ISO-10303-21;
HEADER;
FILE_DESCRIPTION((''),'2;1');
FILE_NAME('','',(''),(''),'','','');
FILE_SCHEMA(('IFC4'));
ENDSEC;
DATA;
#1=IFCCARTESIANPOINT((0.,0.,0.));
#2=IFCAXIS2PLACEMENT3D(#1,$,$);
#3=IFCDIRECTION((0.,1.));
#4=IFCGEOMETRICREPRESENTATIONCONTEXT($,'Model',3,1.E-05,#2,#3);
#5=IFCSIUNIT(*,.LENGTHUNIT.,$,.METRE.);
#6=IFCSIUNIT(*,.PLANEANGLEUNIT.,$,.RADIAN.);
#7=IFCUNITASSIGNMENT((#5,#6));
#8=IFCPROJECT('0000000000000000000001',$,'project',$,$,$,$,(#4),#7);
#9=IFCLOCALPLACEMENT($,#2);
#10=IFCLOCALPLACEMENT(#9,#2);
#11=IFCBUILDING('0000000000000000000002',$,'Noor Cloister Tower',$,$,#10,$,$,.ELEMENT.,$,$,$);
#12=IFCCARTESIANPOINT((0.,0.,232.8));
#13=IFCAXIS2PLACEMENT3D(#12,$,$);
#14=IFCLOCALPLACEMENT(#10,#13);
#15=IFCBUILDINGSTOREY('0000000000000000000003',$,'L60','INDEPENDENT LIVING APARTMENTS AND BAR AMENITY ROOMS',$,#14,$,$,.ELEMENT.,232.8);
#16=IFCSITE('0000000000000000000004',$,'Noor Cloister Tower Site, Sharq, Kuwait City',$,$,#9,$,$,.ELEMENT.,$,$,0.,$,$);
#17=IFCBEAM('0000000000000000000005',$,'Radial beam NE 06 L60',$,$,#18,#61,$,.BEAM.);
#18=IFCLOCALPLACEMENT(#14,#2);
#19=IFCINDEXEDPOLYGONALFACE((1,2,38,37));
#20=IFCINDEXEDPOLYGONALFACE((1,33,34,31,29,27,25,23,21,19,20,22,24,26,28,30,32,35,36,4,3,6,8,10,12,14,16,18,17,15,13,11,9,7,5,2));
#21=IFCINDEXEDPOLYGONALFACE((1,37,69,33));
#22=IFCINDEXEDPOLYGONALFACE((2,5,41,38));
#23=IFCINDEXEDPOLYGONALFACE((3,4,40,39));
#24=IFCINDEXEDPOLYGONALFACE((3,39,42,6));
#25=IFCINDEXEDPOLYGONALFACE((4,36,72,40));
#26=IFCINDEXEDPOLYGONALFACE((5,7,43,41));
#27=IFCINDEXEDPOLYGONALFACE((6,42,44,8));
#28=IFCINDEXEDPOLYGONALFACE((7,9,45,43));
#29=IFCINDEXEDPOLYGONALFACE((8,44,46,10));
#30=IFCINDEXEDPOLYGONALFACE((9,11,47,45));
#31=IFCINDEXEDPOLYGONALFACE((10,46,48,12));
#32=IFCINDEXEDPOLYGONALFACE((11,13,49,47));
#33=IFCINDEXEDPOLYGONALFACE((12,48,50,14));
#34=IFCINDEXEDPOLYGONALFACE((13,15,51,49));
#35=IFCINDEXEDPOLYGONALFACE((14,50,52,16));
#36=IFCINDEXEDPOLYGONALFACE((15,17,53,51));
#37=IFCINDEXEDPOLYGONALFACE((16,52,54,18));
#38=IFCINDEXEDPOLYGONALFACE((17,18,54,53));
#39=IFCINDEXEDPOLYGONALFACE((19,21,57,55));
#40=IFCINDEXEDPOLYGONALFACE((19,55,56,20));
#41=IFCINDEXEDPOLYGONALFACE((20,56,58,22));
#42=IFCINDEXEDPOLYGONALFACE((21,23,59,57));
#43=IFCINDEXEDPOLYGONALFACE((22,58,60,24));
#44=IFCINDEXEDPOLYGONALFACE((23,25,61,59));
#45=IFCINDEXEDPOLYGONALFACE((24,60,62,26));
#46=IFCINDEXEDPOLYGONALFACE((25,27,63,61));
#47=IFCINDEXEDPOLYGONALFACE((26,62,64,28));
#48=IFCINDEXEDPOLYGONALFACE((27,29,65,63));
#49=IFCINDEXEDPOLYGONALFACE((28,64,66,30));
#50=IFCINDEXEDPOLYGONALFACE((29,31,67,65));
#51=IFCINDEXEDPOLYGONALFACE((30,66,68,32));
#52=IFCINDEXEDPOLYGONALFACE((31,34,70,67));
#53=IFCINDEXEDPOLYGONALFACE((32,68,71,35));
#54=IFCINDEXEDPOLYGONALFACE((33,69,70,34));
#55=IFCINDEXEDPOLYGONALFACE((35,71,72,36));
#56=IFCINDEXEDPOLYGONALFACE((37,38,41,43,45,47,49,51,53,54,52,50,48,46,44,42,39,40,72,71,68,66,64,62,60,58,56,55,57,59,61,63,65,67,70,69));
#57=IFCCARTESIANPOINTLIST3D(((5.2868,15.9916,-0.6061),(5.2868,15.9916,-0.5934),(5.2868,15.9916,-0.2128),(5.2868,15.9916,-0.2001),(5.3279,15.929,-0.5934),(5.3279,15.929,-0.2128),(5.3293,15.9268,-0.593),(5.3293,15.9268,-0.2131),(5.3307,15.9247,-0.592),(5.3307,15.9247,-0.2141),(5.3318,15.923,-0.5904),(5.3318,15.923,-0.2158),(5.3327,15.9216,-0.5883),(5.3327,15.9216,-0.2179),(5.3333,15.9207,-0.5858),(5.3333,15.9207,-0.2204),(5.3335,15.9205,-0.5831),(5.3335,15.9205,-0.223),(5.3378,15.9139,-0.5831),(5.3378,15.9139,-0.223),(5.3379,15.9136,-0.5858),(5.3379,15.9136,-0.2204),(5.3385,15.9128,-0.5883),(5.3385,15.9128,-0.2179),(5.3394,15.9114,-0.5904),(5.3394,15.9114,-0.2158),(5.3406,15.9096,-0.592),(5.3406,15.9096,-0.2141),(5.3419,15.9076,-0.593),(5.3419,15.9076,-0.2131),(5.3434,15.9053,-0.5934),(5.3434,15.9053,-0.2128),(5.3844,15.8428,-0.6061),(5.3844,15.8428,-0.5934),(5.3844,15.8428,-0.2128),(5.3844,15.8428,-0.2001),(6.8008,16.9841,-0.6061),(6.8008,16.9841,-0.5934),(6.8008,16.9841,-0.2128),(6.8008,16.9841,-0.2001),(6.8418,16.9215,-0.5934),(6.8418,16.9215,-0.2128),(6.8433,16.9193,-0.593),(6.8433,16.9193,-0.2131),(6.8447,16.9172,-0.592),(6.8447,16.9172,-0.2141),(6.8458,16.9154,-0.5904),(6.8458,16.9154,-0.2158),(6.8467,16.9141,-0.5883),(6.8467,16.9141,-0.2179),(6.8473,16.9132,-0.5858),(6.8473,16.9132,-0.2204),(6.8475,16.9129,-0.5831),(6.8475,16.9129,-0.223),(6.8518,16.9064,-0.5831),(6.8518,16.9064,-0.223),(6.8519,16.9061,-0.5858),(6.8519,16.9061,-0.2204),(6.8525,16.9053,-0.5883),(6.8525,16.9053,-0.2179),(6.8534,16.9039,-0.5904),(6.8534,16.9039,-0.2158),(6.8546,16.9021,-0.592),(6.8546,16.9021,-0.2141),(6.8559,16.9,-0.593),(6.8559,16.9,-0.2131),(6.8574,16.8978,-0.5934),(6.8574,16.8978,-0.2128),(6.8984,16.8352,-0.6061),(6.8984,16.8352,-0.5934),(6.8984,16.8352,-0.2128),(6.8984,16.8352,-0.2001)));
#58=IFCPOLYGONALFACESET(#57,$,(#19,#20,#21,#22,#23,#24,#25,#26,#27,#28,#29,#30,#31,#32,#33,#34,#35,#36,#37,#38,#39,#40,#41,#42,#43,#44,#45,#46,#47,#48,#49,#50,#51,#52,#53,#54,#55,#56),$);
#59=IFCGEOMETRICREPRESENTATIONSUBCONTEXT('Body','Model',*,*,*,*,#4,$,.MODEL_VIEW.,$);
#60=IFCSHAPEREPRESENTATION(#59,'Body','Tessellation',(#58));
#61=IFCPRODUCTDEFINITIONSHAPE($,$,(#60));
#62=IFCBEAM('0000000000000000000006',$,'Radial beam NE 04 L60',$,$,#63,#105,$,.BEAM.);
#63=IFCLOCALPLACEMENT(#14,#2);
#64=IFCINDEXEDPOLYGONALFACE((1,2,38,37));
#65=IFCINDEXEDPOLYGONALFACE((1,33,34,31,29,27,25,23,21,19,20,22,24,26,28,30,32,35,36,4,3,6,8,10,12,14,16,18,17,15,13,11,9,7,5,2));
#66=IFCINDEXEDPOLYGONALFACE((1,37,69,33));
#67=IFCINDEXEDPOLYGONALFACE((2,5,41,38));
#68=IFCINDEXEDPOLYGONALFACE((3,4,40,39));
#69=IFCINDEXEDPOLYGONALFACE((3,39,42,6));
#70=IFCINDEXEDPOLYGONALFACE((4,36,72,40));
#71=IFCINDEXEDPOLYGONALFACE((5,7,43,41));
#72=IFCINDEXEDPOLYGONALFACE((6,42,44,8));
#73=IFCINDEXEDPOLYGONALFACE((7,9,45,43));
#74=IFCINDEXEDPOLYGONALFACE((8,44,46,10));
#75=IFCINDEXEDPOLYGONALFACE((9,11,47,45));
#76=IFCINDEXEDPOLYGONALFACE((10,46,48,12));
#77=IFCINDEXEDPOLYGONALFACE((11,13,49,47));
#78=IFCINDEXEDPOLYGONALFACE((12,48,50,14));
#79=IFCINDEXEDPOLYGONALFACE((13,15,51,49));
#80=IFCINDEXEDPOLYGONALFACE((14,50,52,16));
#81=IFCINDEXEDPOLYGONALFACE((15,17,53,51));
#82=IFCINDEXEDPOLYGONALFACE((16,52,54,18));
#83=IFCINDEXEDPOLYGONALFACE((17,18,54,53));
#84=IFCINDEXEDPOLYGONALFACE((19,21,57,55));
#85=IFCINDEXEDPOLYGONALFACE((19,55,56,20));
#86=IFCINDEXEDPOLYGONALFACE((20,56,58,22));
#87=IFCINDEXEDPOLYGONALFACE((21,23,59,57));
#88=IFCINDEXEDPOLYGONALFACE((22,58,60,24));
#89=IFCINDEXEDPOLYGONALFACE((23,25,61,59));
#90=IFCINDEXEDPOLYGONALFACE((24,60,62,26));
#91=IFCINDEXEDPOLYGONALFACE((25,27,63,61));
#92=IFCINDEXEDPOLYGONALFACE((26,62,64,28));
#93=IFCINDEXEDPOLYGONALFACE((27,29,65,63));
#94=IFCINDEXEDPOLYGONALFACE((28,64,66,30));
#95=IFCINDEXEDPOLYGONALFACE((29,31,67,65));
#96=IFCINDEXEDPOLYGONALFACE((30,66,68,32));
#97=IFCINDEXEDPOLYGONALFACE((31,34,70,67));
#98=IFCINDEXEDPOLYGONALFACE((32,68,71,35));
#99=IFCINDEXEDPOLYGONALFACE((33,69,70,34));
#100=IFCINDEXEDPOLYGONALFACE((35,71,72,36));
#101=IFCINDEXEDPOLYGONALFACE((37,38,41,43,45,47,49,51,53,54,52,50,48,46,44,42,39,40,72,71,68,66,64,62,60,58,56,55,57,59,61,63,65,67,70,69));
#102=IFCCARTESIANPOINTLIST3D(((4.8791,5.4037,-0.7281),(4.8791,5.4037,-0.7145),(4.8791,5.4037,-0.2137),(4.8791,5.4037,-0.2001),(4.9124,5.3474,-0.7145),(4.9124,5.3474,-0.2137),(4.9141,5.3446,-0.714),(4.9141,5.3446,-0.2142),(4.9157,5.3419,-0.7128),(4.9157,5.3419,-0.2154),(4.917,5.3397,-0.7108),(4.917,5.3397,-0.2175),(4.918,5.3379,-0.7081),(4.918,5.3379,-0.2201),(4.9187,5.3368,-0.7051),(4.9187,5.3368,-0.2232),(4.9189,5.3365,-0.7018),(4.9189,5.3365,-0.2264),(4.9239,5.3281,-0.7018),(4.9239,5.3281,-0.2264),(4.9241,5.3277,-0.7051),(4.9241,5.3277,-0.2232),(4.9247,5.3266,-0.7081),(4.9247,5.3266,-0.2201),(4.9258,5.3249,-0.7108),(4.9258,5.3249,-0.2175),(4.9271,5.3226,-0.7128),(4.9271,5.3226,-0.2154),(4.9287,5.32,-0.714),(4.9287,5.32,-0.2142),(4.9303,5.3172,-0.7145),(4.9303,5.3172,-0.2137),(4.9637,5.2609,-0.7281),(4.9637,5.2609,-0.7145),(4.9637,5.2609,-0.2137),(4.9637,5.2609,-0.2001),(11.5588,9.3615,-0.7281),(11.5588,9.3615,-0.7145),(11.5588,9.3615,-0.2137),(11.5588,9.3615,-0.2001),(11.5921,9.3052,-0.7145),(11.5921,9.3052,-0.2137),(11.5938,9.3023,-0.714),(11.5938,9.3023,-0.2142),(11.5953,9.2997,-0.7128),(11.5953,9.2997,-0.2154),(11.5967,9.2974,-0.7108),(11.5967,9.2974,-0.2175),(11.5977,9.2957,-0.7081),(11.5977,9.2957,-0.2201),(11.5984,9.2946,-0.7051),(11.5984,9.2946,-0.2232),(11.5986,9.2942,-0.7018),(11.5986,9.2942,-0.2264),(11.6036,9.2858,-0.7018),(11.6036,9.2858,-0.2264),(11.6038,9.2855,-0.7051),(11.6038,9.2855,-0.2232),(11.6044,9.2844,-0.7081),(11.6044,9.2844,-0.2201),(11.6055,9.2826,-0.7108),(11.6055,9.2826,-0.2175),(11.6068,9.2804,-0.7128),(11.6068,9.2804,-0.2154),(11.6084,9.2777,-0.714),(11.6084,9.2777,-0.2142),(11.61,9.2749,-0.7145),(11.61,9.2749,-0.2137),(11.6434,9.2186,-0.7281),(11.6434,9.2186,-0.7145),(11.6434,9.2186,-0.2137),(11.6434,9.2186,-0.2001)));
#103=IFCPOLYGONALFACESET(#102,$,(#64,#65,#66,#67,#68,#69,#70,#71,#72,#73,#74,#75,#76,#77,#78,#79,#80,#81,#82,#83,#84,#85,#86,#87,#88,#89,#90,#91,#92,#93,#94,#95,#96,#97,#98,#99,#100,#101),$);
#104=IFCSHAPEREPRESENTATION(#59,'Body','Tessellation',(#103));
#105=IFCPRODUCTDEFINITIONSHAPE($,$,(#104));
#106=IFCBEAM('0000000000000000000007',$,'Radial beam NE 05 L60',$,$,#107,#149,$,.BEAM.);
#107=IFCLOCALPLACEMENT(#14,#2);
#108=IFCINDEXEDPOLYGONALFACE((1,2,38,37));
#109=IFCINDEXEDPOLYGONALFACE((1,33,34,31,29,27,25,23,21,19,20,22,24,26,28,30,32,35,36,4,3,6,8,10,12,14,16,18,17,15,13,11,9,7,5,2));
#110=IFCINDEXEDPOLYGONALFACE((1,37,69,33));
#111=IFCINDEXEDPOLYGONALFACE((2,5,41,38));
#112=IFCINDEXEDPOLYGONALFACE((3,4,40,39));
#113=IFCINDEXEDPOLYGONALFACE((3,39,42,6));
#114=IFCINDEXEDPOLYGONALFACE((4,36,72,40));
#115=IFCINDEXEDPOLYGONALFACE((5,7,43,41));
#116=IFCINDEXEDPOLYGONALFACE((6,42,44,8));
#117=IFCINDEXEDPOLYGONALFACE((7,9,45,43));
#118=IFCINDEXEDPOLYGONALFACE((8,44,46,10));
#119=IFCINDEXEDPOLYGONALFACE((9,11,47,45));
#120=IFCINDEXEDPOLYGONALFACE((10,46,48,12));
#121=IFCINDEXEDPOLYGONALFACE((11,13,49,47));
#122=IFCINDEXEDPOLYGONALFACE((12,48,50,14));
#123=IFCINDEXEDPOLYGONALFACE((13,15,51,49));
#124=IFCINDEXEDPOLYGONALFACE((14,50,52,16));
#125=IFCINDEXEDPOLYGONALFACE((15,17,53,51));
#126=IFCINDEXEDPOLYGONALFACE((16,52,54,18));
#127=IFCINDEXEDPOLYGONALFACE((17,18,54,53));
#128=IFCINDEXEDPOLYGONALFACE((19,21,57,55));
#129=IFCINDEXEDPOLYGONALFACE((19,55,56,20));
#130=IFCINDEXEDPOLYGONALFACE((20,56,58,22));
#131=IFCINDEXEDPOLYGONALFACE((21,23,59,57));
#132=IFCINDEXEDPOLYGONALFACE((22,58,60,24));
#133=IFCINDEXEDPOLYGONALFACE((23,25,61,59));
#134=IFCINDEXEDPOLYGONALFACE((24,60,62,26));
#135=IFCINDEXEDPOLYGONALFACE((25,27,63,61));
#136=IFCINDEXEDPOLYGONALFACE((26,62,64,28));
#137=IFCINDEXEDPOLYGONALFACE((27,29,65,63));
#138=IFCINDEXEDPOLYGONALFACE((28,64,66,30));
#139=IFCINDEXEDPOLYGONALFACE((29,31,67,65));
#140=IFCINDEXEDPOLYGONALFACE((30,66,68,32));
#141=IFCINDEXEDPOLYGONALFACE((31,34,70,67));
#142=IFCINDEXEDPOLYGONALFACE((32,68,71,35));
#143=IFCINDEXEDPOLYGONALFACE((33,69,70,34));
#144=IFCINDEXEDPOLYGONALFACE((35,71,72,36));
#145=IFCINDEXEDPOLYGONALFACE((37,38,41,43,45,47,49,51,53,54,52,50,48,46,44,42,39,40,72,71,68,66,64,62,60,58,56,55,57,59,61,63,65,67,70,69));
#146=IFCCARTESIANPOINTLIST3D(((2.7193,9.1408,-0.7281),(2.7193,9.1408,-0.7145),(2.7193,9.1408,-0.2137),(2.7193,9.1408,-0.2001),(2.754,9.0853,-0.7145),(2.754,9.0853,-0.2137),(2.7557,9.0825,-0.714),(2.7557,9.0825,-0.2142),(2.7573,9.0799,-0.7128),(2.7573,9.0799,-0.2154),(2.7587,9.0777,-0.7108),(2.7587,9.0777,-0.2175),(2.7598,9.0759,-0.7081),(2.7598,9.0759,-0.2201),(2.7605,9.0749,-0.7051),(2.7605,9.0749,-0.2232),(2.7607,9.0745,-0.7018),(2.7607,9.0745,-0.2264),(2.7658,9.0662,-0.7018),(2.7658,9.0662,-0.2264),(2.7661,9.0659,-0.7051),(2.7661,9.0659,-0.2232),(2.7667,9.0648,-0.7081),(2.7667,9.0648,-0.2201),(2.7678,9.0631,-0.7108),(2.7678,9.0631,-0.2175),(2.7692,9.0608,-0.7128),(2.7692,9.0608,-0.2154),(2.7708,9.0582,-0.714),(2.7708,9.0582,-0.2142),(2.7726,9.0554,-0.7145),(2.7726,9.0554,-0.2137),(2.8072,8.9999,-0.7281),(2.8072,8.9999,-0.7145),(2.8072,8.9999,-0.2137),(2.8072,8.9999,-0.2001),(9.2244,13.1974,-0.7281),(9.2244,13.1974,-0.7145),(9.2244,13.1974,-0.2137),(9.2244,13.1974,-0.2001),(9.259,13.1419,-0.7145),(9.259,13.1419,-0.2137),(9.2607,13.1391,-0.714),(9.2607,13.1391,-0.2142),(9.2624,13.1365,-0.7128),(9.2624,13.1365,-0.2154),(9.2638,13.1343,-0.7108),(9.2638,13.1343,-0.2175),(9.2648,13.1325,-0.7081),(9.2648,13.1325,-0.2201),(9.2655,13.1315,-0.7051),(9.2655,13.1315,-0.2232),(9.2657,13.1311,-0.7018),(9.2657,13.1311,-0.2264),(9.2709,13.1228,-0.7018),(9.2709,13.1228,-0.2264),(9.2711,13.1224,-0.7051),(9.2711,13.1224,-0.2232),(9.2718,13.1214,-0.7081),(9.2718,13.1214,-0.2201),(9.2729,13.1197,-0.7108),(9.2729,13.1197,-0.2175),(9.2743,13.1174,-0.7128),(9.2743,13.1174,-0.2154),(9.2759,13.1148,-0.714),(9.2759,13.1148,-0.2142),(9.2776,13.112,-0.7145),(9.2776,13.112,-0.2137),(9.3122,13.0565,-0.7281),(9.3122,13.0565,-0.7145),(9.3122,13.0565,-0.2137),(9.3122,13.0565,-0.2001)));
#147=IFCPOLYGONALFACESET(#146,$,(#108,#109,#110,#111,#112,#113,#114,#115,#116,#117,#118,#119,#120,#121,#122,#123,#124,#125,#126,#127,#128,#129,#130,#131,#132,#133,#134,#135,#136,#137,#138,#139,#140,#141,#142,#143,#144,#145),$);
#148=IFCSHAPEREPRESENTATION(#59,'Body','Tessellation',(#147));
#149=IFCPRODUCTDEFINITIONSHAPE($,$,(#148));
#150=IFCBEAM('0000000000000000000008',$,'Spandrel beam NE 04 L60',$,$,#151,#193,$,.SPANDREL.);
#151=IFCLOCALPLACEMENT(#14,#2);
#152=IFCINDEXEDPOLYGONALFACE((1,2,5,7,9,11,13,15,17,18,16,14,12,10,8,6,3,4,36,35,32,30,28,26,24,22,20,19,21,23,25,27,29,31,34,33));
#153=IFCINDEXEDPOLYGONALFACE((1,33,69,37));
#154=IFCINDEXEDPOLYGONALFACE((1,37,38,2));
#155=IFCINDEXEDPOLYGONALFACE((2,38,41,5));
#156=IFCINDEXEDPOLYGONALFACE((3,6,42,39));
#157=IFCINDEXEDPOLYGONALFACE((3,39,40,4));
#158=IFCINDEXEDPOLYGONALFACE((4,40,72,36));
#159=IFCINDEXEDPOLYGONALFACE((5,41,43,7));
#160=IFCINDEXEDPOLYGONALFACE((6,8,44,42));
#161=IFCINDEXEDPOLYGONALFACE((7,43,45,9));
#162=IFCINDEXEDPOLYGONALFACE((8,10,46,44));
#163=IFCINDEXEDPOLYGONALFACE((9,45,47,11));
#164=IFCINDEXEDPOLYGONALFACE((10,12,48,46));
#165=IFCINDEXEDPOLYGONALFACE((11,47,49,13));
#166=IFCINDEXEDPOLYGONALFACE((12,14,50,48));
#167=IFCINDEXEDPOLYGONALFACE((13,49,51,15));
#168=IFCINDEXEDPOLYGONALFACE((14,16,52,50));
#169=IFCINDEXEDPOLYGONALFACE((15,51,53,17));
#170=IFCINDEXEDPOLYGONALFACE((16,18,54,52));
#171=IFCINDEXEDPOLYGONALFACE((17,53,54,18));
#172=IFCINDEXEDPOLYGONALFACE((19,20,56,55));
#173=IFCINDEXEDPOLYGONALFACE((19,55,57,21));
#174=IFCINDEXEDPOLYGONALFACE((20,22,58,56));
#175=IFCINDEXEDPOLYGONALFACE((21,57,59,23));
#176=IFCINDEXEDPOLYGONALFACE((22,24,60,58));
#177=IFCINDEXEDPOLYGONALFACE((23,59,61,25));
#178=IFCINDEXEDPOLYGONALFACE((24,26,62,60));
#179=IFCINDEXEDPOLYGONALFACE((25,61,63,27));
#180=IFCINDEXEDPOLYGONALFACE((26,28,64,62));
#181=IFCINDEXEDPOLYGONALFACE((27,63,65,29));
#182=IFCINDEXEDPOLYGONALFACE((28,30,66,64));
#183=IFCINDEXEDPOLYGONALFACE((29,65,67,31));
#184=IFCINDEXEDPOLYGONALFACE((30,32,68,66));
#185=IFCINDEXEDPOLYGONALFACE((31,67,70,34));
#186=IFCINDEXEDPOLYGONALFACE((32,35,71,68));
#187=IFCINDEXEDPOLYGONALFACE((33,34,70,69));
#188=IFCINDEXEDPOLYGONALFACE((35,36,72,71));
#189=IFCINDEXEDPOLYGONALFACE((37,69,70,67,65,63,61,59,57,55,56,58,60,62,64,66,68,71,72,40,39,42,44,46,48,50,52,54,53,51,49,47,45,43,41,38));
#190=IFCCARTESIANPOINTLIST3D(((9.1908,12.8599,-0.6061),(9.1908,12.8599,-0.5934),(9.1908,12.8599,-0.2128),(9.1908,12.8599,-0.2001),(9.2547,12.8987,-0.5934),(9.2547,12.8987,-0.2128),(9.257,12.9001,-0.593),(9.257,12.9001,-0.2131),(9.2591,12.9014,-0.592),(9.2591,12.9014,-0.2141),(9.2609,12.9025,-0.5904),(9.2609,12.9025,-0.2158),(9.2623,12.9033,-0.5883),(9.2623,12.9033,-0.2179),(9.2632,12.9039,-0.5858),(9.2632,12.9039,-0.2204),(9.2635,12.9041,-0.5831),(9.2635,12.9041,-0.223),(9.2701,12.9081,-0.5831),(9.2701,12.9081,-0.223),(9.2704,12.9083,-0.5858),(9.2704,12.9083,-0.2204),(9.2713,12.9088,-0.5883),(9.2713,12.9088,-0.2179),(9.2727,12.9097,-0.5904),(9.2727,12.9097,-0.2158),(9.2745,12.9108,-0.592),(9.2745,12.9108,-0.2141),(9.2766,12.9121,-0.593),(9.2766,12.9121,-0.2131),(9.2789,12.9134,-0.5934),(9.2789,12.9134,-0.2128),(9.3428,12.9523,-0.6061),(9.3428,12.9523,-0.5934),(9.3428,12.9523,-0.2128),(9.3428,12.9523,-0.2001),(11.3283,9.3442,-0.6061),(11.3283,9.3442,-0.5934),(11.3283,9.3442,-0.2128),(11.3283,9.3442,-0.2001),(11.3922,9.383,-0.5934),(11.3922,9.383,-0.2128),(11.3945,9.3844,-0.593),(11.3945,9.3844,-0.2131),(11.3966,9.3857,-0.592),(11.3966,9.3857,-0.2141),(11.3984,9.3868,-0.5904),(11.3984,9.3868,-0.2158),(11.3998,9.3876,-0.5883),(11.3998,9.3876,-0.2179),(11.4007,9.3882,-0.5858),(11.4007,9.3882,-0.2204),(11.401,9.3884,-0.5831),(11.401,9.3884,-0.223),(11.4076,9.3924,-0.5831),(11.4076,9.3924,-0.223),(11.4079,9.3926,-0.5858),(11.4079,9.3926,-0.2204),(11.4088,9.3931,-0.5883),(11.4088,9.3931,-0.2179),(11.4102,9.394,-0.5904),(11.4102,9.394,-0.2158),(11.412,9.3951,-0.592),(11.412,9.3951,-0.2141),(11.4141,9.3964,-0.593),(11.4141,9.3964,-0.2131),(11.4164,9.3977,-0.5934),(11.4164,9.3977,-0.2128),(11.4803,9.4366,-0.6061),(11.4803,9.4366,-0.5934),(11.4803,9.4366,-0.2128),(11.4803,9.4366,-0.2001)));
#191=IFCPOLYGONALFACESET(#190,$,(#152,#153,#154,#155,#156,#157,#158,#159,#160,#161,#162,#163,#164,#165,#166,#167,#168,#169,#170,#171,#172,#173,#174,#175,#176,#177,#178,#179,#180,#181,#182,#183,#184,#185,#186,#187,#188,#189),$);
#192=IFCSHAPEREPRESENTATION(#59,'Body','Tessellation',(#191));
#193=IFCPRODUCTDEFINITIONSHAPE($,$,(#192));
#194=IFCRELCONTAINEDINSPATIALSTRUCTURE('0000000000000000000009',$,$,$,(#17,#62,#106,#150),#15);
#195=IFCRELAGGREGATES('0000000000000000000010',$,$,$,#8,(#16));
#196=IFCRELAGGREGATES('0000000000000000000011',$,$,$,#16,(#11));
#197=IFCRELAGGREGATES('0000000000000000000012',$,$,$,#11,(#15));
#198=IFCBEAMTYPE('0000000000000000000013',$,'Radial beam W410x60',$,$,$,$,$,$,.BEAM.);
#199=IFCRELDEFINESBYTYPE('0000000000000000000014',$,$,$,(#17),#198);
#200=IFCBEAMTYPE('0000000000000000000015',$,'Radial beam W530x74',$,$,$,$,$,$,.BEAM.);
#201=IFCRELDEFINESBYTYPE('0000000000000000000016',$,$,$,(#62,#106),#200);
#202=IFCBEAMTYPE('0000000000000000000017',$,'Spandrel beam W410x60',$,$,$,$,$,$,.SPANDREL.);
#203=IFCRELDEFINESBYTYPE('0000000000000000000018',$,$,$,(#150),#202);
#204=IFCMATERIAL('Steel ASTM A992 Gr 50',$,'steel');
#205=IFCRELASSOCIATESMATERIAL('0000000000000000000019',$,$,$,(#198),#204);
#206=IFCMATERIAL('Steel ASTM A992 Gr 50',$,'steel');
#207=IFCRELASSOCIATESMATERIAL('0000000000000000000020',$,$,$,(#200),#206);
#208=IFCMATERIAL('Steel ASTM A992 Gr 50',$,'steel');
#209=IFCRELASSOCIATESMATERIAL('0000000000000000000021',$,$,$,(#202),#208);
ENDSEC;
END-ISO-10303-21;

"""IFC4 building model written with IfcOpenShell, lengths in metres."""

from ifc_helpers import new_model, si_unit, direction, frame, origin, origin_2d, place, context, subcontext, project, spatial, i_section, extrude, material, material_profile, profile_set, type_object, element, save


model = new_model("IFC4")

# Units and contexts
model_context = context("Model", 3, precision=1e-05, world=origin(), true_north=direction((0.0, 1.0)))
body_context = subcontext(model_context, "Body", "Model", "MODEL_VIEW")
ifc_project = project(units=[si_unit("LENGTHUNIT", "METRE"), si_unit("PLANEANGLEUNIT", "RADIAN")], contexts=[model_context])

# Site, building, storey
site_placement = place(None, origin())
site = spatial("IfcSite", under=ifc_project, at=site_placement, Name="Noor Cloister Tower Site, Sharq, Kuwait City", CompositionType="ELEMENT", RefElevation=0.0)
building_placement = place(site_placement, origin())
building = spatial("IfcBuilding", under=site, at=building_placement, Name="Noor Cloister Tower", CompositionType="ELEMENT")
storey_placement = place(building_placement, frame((0.0, 0.0, 232.8)))
storey = spatial("IfcBuildingStorey", under=building, at=storey_placement, Name="L60", Description="INDEPENDENT LIVING APARTMENTS AND BAR AMENITY ROOMS", CompositionType="ELEMENT", Elevation=232.8)

# Beams
ifc_material_1 = material(Name="Steel ASTM A992 Gr 50", Category="steel")
ifc_material_profile_1 = material_profile(ifc_material_1, i_section(OverallWidth=0.178, OverallDepth=0.406, WebThickness=0.0078, FlangeThickness=0.0127, FilletRadius=0.0103, at=origin_2d()), Name="W410x60")
ifc_profile_set_1 = profile_set([ifc_material_profile_1], Name="Steel ASTM A992 Gr 50")
beam_type_1 = type_object("IfcBeamType", Name="Radial beam W410x60", PredefinedType="BEAM", material=ifc_profile_set_1)
beam_1_placement = place(storey_placement, frame((6.8496, 16.9097, -0.4031), z_axis=(-0.83632, -0.548241, 0.0), x_axis=(0.548241, -0.83632, 0.0)))
element("IfcBeam", 1, at=beam_1_placement, inside=storey, type_object=beam_type_1, Name="Radial beam NE 06 L60", PredefinedType="BEAM", context=body_context, shape_type="SweptSolid", body=[
    extrude(i_section(OverallWidth=0.178, OverallDepth=0.406, WebThickness=0.0078, FlangeThickness=0.0127, FilletRadius=0.0103, at=origin_2d()), origin(), (0.0, 0.0, 1.0), 1.8103),
])
ifc_material_2 = material(Name="Steel ASTM A992 Gr 50", Category="steel")
ifc_material_profile_2 = material_profile(ifc_material_2, i_section(OverallWidth=0.166, OverallDepth=0.5281, WebThickness=0.0098, FlangeThickness=0.0137, FilletRadius=0.0127, at=origin_2d()), Name="W530x74")
ifc_profile_set_2 = profile_set([ifc_material_profile_2], Name="Steel ASTM A992 Gr 50")
beam_type_2 = type_object("IfcBeamType", Name="Radial beam W530x74", PredefinedType="BEAM", material=ifc_profile_set_2)
beam_2_placement = place(storey_placement, frame((11.6011, 9.29, -0.4641), z_axis=(-0.860324, -0.509748, 0.0), x_axis=(0.509748, -0.860324, 0.0)))
element("IfcBeam", 2, at=beam_2_placement, inside=storey, type_object=beam_type_2, Name="Radial beam NE 04 L60", PredefinedType="BEAM", context=body_context, shape_type="SweptSolid", body=[
    extrude(i_section(OverallWidth=0.166, OverallDepth=0.5281, WebThickness=0.0098, FlangeThickness=0.0137, FilletRadius=0.0127, at=origin_2d()), origin(), (0.0, 0.0, 1.0), 7.7642),
])
beam_3_placement = place(storey_placement, frame((9.2683, 13.127, -0.4641), z_axis=(-0.848529, -0.529149, 0.0), x_axis=(0.529149, -0.848529, 0.0)))
element("IfcBeam", 3, at=beam_3_placement, inside=storey, type_object=beam_type_2, Name="Radial beam NE 05 L60", PredefinedType="BEAM", context=body_context, shape_type="SweptSolid", body=[
    extrude(i_section(OverallWidth=0.166, OverallDepth=0.5281, WebThickness=0.0098, FlangeThickness=0.0137, FilletRadius=0.0127, at=origin_2d()), origin(), (0.0, 0.0, 1.0), 7.6663),
])
ifc_material_3 = material(Name="Steel ASTM A992 Gr 50", Category="steel")
ifc_material_profile_3 = material_profile(ifc_material_3, i_section(OverallWidth=0.178, OverallDepth=0.406, WebThickness=0.0078, FlangeThickness=0.0127, FilletRadius=0.0103, at=origin_2d()), Name="W410x60")
ifc_profile_set_3 = profile_set([ifc_material_profile_3], Name="Steel ASTM A992 Gr 50")
beam_type_3 = type_object("IfcBeamType", Name="Spandrel beam W410x60", PredefinedType="SPANDREL", material=ifc_profile_set_3)
for number, where, z_axis, x_axis, name in (
    (4, (11.4043, 9.3904, -0.4031), (-0.519505, 0.854468, 0.0), (-0.854468, -0.519505, 0.0), "Spandrel beam NE 04 L60"),
):
    element("IfcBeam", number, at=place(storey_placement, frame(where, z_axis=z_axis, x_axis=x_axis)), inside=storey, type_object=beam_type_3, Name=name, PredefinedType="SPANDREL", context=body_context, shape_type="SweptSolid", body=[
        extrude(i_section(OverallWidth=0.178, OverallDepth=0.406, WebThickness=0.0078, FlangeThickness=0.0127, FilletRadius=0.0103, at=origin_2d()), origin(), (0.0, 0.0, 1.0), 4.1145),
    ])

save(model, "model.ifc")
